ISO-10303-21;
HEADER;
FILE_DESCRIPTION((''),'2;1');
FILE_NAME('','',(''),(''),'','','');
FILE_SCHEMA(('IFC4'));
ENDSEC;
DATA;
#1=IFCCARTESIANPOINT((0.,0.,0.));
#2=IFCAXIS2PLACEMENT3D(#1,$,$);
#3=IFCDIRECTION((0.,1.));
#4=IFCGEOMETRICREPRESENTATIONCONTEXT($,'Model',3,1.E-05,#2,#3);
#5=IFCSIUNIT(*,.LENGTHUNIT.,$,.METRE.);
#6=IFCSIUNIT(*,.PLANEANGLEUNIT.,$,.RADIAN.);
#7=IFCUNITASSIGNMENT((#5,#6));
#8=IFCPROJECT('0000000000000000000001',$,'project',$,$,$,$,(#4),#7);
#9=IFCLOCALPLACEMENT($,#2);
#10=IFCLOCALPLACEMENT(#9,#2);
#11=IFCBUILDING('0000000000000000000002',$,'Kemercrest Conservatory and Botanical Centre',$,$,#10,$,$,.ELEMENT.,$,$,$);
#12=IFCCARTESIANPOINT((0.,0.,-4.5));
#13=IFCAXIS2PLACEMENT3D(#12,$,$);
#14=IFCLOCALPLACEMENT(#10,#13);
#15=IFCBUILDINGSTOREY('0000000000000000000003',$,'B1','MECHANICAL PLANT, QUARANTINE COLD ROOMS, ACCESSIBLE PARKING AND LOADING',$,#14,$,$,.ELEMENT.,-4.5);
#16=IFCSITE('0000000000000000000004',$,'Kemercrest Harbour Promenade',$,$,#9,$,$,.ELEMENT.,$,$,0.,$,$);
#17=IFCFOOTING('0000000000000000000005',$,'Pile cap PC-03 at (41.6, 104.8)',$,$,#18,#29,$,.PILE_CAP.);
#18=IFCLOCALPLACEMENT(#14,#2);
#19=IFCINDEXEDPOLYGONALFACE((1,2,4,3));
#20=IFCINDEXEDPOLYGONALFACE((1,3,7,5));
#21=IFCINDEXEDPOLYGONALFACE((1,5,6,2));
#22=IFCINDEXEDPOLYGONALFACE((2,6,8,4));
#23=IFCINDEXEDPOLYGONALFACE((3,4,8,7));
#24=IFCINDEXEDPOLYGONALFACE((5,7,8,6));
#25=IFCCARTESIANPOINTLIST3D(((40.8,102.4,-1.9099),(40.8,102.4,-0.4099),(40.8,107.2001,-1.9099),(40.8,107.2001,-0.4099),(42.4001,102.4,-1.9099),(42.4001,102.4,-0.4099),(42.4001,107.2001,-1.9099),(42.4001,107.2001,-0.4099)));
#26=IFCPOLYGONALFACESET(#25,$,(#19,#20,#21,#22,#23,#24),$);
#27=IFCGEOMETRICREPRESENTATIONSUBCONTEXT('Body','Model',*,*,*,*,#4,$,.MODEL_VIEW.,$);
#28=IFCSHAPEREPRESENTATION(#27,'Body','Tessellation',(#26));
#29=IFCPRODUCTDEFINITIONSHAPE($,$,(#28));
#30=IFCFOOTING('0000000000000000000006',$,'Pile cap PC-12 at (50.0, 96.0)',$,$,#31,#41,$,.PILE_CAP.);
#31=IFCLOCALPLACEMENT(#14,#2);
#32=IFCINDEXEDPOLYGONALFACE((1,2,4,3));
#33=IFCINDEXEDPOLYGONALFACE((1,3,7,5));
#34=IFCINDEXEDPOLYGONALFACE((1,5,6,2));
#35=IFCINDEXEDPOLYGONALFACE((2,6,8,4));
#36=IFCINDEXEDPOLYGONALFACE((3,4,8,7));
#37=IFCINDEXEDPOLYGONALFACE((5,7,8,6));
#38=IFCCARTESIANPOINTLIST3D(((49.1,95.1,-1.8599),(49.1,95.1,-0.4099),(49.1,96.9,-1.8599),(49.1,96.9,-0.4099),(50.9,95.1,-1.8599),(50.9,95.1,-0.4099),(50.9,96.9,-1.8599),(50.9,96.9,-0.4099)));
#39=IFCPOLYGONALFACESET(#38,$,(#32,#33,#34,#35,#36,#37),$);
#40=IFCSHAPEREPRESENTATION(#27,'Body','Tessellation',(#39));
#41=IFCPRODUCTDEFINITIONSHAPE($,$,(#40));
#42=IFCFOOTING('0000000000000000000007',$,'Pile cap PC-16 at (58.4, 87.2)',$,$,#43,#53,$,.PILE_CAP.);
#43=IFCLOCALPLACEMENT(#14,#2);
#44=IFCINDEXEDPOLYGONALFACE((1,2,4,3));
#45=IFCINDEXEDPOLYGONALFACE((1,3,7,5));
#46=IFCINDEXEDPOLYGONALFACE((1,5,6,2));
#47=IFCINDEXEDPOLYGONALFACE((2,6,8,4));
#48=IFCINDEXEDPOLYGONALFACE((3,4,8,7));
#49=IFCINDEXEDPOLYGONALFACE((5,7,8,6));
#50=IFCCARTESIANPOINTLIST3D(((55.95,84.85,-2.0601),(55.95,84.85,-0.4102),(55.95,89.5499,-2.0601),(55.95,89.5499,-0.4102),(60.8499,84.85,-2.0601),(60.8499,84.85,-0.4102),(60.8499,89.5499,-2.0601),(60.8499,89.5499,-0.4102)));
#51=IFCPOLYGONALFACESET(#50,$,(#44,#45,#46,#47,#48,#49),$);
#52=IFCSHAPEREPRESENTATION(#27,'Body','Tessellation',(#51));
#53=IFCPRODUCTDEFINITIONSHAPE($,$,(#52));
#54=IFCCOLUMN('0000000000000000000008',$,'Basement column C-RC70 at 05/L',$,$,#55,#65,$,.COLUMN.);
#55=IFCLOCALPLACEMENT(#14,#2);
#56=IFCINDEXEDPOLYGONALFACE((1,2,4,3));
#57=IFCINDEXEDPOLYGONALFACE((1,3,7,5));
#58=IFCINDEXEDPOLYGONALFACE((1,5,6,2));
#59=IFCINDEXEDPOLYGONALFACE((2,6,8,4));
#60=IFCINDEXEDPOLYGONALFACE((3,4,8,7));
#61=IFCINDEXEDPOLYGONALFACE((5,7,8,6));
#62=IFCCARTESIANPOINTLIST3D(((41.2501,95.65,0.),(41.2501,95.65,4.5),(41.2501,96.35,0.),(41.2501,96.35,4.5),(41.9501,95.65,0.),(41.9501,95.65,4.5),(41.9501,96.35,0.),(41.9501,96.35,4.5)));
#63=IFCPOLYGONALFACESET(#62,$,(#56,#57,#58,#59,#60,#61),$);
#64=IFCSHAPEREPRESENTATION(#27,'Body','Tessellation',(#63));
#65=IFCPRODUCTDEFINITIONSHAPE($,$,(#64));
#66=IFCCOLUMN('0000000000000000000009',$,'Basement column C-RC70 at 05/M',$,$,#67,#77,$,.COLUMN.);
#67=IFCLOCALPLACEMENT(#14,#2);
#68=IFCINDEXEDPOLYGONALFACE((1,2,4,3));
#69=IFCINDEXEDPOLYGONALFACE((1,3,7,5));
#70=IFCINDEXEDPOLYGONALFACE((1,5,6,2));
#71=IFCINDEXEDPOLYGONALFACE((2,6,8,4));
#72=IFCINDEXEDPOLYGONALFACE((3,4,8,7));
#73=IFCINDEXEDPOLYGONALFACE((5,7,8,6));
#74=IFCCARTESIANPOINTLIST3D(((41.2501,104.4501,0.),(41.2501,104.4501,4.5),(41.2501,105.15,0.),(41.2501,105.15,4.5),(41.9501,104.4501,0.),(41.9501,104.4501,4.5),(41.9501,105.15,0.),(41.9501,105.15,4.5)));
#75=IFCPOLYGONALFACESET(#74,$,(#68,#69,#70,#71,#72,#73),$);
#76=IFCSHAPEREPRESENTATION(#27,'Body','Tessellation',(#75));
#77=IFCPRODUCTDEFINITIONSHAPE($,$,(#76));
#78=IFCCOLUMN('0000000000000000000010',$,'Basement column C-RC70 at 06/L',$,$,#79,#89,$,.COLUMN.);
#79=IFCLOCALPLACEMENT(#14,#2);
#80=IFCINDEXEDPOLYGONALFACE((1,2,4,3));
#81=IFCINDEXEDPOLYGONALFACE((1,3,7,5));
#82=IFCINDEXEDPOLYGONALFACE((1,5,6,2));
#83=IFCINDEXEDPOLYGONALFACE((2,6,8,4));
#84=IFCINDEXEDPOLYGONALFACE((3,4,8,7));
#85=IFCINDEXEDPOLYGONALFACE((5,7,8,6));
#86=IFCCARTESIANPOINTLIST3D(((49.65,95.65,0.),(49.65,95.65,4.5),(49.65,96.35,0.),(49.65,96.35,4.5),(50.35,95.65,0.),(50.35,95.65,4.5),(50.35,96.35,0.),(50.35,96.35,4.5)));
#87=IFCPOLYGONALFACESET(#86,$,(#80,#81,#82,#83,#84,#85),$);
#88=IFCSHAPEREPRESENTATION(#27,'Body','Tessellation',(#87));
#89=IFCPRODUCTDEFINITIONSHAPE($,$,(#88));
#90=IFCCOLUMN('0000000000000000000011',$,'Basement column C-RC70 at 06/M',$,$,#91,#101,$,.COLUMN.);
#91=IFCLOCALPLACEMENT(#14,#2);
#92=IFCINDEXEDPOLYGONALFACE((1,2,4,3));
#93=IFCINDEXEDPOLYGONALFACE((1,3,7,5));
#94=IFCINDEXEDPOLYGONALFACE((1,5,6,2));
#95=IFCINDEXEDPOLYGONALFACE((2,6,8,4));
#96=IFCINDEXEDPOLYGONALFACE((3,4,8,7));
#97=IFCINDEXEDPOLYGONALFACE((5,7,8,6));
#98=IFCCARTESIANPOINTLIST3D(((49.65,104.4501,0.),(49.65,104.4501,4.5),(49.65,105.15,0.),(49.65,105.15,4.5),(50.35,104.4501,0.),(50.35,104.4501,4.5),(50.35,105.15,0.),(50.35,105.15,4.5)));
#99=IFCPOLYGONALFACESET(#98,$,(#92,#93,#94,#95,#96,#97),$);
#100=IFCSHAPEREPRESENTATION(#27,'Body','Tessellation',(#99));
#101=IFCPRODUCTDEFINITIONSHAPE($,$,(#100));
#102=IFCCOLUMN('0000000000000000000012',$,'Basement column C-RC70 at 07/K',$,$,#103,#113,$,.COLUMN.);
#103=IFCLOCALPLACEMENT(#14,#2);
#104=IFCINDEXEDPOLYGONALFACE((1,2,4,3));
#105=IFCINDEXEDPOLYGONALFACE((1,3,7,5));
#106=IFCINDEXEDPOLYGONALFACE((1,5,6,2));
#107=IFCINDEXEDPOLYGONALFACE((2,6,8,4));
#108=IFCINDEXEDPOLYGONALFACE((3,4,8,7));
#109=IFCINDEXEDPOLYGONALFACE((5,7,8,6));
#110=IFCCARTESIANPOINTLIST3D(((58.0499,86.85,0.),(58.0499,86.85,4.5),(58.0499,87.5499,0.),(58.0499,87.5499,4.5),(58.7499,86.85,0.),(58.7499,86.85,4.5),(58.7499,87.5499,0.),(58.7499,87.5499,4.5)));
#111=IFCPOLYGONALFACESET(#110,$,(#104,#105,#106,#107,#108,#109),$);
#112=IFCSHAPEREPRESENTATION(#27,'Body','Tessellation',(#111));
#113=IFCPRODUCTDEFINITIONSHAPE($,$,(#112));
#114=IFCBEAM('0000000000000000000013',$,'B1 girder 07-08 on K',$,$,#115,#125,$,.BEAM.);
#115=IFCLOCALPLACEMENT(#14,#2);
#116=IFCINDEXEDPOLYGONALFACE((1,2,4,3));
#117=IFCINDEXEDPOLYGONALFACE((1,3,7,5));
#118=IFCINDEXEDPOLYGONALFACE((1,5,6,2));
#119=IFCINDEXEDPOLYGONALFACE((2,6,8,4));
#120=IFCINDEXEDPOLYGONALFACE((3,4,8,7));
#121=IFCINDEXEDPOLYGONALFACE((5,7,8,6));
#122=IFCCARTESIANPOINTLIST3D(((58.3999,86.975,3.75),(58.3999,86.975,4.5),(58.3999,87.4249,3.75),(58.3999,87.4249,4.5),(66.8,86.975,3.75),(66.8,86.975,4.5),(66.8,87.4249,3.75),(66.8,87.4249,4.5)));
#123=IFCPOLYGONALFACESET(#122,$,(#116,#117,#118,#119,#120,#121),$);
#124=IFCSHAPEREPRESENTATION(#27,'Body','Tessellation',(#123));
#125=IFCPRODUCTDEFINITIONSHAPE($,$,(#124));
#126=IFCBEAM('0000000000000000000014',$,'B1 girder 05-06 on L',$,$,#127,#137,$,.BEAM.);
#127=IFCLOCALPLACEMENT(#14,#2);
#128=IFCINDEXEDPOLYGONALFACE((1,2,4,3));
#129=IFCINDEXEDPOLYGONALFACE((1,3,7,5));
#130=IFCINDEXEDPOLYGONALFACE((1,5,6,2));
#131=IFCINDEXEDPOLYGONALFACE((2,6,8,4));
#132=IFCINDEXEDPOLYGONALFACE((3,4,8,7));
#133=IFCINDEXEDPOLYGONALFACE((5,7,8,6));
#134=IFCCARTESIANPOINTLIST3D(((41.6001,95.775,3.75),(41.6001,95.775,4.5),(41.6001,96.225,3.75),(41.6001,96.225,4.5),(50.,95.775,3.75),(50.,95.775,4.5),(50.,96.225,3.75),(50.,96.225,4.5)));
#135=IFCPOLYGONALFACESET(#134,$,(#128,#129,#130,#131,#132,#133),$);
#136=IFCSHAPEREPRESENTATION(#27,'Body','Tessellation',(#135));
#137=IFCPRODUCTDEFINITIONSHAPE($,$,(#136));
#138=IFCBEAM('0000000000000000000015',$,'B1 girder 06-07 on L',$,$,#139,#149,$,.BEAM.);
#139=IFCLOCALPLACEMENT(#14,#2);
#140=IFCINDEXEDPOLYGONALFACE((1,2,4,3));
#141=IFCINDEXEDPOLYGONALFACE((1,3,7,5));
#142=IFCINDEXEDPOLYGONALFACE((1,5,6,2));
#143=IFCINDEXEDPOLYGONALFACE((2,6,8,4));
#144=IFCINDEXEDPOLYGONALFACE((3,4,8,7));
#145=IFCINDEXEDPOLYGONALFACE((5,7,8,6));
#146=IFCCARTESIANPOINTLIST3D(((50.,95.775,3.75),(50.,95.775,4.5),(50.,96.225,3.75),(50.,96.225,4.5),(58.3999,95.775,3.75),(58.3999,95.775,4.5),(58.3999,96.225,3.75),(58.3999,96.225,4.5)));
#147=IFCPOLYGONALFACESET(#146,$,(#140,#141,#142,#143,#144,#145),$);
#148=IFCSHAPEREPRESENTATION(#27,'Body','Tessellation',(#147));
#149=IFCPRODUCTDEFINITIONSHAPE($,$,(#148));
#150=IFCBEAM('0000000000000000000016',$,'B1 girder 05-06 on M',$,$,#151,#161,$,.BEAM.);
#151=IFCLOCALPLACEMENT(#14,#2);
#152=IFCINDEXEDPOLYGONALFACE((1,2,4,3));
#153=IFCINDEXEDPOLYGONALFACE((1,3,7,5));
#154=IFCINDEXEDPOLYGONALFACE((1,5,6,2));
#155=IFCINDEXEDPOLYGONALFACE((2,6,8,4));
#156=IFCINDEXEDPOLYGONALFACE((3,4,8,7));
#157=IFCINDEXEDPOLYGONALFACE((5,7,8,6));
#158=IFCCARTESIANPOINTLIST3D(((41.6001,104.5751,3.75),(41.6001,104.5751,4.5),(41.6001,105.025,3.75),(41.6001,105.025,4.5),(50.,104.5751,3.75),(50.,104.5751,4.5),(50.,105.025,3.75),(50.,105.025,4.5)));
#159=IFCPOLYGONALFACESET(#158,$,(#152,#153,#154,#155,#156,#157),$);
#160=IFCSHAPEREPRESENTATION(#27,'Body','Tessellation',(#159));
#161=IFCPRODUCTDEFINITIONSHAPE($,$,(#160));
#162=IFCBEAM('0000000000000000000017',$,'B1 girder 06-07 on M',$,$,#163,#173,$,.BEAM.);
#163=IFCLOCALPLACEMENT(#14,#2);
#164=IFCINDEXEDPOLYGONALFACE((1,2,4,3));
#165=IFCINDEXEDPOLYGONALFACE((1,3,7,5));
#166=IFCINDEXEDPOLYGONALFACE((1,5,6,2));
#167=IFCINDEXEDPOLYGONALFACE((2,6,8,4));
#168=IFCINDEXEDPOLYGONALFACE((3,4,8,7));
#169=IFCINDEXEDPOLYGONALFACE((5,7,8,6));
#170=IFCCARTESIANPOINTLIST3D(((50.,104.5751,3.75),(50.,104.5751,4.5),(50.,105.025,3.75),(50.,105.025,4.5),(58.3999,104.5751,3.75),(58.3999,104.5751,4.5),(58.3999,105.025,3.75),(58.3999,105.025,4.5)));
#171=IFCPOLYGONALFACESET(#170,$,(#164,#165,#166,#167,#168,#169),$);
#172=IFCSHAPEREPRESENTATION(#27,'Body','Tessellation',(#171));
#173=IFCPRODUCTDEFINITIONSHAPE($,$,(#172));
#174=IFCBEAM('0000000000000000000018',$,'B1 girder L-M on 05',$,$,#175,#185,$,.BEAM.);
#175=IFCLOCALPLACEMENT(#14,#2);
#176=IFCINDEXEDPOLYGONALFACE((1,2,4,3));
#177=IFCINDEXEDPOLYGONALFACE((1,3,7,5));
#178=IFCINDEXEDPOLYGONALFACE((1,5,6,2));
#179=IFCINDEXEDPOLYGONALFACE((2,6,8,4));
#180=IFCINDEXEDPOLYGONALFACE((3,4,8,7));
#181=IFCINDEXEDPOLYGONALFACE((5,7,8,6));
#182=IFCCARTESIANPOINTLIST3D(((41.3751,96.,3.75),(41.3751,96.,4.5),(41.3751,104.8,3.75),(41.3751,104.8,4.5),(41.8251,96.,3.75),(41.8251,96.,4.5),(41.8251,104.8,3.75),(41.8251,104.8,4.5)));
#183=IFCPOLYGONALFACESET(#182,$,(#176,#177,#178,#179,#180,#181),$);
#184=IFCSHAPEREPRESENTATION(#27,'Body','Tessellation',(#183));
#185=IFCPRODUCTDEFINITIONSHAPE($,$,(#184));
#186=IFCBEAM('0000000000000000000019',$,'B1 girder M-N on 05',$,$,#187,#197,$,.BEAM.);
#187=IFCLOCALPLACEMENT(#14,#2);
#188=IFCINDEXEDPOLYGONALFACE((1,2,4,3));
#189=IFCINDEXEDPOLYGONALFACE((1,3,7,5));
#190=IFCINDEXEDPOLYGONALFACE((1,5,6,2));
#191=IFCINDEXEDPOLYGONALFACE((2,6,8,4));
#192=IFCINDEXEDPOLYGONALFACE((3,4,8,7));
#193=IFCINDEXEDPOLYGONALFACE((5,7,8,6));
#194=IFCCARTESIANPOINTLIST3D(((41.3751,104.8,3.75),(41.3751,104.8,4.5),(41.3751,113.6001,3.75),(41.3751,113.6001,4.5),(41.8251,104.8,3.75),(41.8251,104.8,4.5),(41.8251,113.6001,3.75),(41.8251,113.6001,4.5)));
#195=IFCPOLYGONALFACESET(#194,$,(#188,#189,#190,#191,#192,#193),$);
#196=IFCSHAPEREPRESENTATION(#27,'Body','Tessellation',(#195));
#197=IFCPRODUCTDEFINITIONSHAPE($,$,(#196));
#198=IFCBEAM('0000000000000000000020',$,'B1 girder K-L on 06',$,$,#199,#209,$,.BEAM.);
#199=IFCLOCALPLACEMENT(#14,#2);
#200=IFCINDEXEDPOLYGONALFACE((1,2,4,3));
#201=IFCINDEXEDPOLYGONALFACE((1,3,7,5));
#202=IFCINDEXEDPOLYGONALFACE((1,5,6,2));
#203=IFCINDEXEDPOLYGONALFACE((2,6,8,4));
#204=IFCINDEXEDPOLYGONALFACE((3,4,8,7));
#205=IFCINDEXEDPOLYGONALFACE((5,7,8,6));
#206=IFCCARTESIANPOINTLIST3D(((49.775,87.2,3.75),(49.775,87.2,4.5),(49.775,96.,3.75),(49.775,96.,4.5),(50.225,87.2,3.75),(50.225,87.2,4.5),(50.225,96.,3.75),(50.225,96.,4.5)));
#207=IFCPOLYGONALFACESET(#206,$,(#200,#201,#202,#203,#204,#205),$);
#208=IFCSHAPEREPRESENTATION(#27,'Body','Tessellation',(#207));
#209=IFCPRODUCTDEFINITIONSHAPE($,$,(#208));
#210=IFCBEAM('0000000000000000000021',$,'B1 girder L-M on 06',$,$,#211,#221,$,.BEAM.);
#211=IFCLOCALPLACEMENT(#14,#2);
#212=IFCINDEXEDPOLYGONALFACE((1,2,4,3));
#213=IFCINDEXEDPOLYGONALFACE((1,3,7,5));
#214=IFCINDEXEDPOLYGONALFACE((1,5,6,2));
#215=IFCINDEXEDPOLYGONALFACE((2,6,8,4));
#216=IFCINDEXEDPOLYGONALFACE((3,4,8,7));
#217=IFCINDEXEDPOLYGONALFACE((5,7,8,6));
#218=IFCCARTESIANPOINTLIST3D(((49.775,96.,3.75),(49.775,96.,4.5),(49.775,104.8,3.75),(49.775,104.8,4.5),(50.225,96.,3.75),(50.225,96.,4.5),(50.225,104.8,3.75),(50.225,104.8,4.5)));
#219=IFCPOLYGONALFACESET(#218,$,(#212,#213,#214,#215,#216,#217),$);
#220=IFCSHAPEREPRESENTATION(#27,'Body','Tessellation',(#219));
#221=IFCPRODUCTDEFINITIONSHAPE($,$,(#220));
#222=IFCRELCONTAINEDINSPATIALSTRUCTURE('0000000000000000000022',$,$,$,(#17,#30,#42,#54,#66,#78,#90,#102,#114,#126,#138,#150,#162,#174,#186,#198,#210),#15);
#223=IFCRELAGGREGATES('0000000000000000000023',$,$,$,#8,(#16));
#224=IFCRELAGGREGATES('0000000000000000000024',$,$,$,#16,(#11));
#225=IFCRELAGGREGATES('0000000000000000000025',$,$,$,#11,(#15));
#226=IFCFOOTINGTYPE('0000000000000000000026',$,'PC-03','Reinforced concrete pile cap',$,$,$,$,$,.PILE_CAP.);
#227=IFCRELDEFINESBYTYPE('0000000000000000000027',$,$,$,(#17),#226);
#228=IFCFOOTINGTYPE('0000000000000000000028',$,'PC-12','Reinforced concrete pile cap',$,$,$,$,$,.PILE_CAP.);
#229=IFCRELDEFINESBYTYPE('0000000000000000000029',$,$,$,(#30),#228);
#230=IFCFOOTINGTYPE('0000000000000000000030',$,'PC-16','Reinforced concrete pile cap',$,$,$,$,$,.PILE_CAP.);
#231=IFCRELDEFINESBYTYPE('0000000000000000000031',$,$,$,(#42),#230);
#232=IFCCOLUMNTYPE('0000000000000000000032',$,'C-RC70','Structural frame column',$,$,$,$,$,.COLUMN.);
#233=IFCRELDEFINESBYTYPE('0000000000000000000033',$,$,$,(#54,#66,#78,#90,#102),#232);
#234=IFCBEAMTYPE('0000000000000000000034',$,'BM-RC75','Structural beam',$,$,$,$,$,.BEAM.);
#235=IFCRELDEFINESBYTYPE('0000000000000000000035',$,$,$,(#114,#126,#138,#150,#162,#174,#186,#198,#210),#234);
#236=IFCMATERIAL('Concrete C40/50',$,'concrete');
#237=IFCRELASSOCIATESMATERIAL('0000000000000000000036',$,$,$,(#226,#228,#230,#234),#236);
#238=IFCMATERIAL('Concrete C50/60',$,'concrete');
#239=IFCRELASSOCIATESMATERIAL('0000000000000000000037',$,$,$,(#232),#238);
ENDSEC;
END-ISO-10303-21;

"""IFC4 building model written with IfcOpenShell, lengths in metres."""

from ifc_helpers import new_model, si_unit, direction, frame, origin, origin_2d, place, context, subcontext, project, spatial, rectangle, extrude, material, material_profile, profile_set, type_object, element, save


model = new_model("IFC4")

# Units and contexts
model_context = context("Model", 3, precision=1e-05, world=origin(), true_north=direction((0.0, 1.0)))
body_context = subcontext(model_context, "Body", "Model", "MODEL_VIEW")
ifc_project = project(units=[si_unit("LENGTHUNIT", "METRE"), si_unit("PLANEANGLEUNIT", "RADIAN")], contexts=[model_context])

# Site, building, storey
site_placement = place(None, origin())
site = spatial("IfcSite", under=ifc_project, at=site_placement, Name="Kemercrest Harbour Promenade", CompositionType="ELEMENT", RefElevation=0.0)
building_placement = place(site_placement, origin())
building = spatial("IfcBuilding", under=site, at=building_placement, Name="Kemercrest Conservatory and Botanical Centre", CompositionType="ELEMENT")
storey_placement = place(building_placement, frame((0.0, 0.0, -4.5)))
storey = spatial("IfcBuildingStorey", under=building, at=storey_placement, Name="B1", Description="MECHANICAL PLANT, QUARANTINE COLD ROOMS, ACCESSIBLE PARKING AND LOADING", CompositionType="ELEMENT", Elevation=-4.5)

# Shared definitions
ifc_material_1 = material(Name="Concrete C40/50", Category="concrete")

# Footings
footing_type_1 = type_object("IfcFootingType", Name="PC-03", Description="Reinforced concrete pile cap", PredefinedType="PILE_CAP", material=ifc_material_1)
footing_1_placement = place(storey_placement, frame((41.6001, 104.8, -1.9099), z_axis=(0.0, 0.0, 1.0), x_axis=(1.0, 0.0, 0.0)))
element("IfcFooting", 1, at=footing_1_placement, inside=storey, type_object=footing_type_1, Name="Pile cap PC-03 at (41.6, 104.8)", PredefinedType="PILE_CAP", context=body_context, shape_type="SweptSolid", body=[
    extrude(rectangle(XDim=1.6001, YDim=4.8, at=origin_2d()), origin(), (0.0, 0.0, 1.0), 1.5),
])
footing_type_2 = type_object("IfcFootingType", Name="PC-12", Description="Reinforced concrete pile cap", PredefinedType="PILE_CAP", material=ifc_material_1)
footing_2_placement = place(storey_placement, frame((50.0, 96.0, -1.8599), z_axis=(0.0, 0.0, 1.0), x_axis=(1.0, 0.0, 0.0)))
element("IfcFooting", 2, at=footing_2_placement, inside=storey, type_object=footing_type_2, Name="Pile cap PC-12 at (50.0, 96.0)", PredefinedType="PILE_CAP", context=body_context, shape_type="SweptSolid", body=[
    extrude(rectangle(XDim=1.8, YDim=1.8, at=origin_2d()), origin(), (0.0, 0.0, 1.0), 1.45),
])
footing_type_3 = type_object("IfcFootingType", Name="PC-16", Description="Reinforced concrete pile cap", PredefinedType="PILE_CAP", material=ifc_material_1)
footing_3_placement = place(storey_placement, frame((58.3999, 87.2, -2.0601), z_axis=(0.0, 0.0, 1.0), x_axis=(1.0, 0.0, 0.0)))
element("IfcFooting", 3, at=footing_3_placement, inside=storey, type_object=footing_type_3, Name="Pile cap PC-16 at (58.4, 87.2)", PredefinedType="PILE_CAP", context=body_context, shape_type="SweptSolid", body=[
    extrude(rectangle(XDim=4.8999, YDim=4.7, at=origin_2d()), origin(), (0.0, 0.0, 1.0), 1.6499),
])

# Columns
ifc_material_2 = material(Name="Concrete C50/60", Category="concrete")
ifc_material_profile_1 = material_profile(ifc_material_2, rectangle(XDim=0.7, YDim=0.7, at=origin_2d()), Name="RC 700x700")
ifc_profile_set_1 = profile_set([ifc_material_profile_1], Name="Concrete C50/60")
column_type = type_object("IfcColumnType", Name="C-RC70", Description="Structural frame column", PredefinedType="COLUMN", material=ifc_profile_set_1)
for number, where, z_axis, x_axis, name in (
    (4, (41.6001, 96.0, 0.0), (0.0, 0.0, 1.0), (1.0, 0.0, 0.0), "Basement column C-RC70 at 05/L"),
    (5, (41.6001, 104.8, 0.0), (0.0, 0.0, 1.0), (1.0, 0.0, 0.0), "Basement column C-RC70 at 05/M"),
    (6, (50.0, 96.0, 0.0), (0.0, 0.0, 1.0), (1.0, 0.0, 0.0), "Basement column C-RC70 at 06/L"),
    (7, (50.0, 104.8, 0.0), (0.0, 0.0, 1.0), (1.0, 0.0, 0.0), "Basement column C-RC70 at 06/M"),
    (8, (58.3999, 87.2, 0.0), (0.0, 0.0, 1.0), (1.0, 0.0, 0.0), "Basement column C-RC70 at 07/K"),
):
    element("IfcColumn", number, at=place(storey_placement, frame(where, z_axis=z_axis, x_axis=x_axis)), inside=storey, type_object=column_type, Name=name, PredefinedType="COLUMN", context=body_context, shape_type="SweptSolid", body=[
        extrude(rectangle(XDim=0.7, YDim=0.7, at=origin_2d()), origin(), (0.0, 0.0, 1.0), 4.5),
    ])

# Beams
ifc_material_profile_2 = material_profile(ifc_material_1, rectangle(XDim=0.45, YDim=0.75, at=origin_2d()), Name="RC 450x750")
ifc_profile_set_2 = profile_set([ifc_material_profile_2], Name="Concrete C40/50")
beam_type = type_object("IfcBeamType", Name="BM-RC75", Description="Structural beam", PredefinedType="BEAM", material=ifc_profile_set_2)
beam_placement = place(storey_placement, frame((58.3999, 87.2, 4.125), z_axis=(1.0, 0.0, 0.0), x_axis=(0.0, 1.0, 0.0)))
element("IfcBeam", 9, at=beam_placement, inside=storey, type_object=beam_type, Name="B1 girder 07-08 on K", PredefinedType="BEAM", context=body_context, shape_type="SweptSolid", body=[
    extrude(rectangle(XDim=0.45, YDim=0.75, at=origin_2d()), origin(), (0.0, 0.0, 1.0), 8.4001),
])
for number, where, z_axis, x_axis, name in (
    (10, (41.6001, 96.0, 4.125), (1.0, 0.0, 0.0), (0.0, 1.0, 0.0), "B1 girder 05-06 on L"),
    (11, (50.0, 96.0, 4.125), (1.0, 0.0, 0.0), (0.0, 1.0, 0.0), "B1 girder 06-07 on L"),
    (12, (41.6001, 104.8, 4.125), (1.0, 0.0, 0.0), (0.0, 1.0, 0.0), "B1 girder 05-06 on M"),
    (13, (50.0, 104.8, 4.125), (1.0, 0.0, 0.0), (0.0, 1.0, 0.0), "B1 girder 06-07 on M"),
):
    element("IfcBeam", number, at=place(storey_placement, frame(where, z_axis=z_axis, x_axis=x_axis)), inside=storey, type_object=beam_type, Name=name, PredefinedType="BEAM", context=body_context, shape_type="SweptSolid", body=[
        extrude(rectangle(XDim=0.45, YDim=0.75, at=origin_2d()), origin(), (0.0, 0.0, 1.0), 8.3999),
    ])
for number, where, z_axis, x_axis, name in (
    (14, (41.6001, 96.0, 4.125), (0.0, 1.0, 0.0), (-1.0, 0.0, 0.0), "B1 girder L-M on 05"),
    (15, (41.6001, 104.8, 4.125), (0.0, 1.0, 0.0), (-1.0, 0.0, 0.0), "B1 girder M-N on 05"),
    (16, (50.0, 87.2, 4.125), (0.0, 1.0, 0.0), (-1.0, 0.0, 0.0), "B1 girder K-L on 06"),
    (17, (50.0, 96.0, 4.125), (0.0, 1.0, 0.0), (-1.0, 0.0, 0.0), "B1 girder L-M on 06"),
):
    element("IfcBeam", number, at=place(storey_placement, frame(where, z_axis=z_axis, x_axis=x_axis)), inside=storey, type_object=beam_type, Name=name, PredefinedType="BEAM", context=body_context, shape_type="SweptSolid", body=[
        extrude(rectangle(XDim=0.45, YDim=0.75, at=origin_2d()), origin(), (0.0, 0.0, 1.0), 8.8),
    ])

save(model, "model.ifc")
